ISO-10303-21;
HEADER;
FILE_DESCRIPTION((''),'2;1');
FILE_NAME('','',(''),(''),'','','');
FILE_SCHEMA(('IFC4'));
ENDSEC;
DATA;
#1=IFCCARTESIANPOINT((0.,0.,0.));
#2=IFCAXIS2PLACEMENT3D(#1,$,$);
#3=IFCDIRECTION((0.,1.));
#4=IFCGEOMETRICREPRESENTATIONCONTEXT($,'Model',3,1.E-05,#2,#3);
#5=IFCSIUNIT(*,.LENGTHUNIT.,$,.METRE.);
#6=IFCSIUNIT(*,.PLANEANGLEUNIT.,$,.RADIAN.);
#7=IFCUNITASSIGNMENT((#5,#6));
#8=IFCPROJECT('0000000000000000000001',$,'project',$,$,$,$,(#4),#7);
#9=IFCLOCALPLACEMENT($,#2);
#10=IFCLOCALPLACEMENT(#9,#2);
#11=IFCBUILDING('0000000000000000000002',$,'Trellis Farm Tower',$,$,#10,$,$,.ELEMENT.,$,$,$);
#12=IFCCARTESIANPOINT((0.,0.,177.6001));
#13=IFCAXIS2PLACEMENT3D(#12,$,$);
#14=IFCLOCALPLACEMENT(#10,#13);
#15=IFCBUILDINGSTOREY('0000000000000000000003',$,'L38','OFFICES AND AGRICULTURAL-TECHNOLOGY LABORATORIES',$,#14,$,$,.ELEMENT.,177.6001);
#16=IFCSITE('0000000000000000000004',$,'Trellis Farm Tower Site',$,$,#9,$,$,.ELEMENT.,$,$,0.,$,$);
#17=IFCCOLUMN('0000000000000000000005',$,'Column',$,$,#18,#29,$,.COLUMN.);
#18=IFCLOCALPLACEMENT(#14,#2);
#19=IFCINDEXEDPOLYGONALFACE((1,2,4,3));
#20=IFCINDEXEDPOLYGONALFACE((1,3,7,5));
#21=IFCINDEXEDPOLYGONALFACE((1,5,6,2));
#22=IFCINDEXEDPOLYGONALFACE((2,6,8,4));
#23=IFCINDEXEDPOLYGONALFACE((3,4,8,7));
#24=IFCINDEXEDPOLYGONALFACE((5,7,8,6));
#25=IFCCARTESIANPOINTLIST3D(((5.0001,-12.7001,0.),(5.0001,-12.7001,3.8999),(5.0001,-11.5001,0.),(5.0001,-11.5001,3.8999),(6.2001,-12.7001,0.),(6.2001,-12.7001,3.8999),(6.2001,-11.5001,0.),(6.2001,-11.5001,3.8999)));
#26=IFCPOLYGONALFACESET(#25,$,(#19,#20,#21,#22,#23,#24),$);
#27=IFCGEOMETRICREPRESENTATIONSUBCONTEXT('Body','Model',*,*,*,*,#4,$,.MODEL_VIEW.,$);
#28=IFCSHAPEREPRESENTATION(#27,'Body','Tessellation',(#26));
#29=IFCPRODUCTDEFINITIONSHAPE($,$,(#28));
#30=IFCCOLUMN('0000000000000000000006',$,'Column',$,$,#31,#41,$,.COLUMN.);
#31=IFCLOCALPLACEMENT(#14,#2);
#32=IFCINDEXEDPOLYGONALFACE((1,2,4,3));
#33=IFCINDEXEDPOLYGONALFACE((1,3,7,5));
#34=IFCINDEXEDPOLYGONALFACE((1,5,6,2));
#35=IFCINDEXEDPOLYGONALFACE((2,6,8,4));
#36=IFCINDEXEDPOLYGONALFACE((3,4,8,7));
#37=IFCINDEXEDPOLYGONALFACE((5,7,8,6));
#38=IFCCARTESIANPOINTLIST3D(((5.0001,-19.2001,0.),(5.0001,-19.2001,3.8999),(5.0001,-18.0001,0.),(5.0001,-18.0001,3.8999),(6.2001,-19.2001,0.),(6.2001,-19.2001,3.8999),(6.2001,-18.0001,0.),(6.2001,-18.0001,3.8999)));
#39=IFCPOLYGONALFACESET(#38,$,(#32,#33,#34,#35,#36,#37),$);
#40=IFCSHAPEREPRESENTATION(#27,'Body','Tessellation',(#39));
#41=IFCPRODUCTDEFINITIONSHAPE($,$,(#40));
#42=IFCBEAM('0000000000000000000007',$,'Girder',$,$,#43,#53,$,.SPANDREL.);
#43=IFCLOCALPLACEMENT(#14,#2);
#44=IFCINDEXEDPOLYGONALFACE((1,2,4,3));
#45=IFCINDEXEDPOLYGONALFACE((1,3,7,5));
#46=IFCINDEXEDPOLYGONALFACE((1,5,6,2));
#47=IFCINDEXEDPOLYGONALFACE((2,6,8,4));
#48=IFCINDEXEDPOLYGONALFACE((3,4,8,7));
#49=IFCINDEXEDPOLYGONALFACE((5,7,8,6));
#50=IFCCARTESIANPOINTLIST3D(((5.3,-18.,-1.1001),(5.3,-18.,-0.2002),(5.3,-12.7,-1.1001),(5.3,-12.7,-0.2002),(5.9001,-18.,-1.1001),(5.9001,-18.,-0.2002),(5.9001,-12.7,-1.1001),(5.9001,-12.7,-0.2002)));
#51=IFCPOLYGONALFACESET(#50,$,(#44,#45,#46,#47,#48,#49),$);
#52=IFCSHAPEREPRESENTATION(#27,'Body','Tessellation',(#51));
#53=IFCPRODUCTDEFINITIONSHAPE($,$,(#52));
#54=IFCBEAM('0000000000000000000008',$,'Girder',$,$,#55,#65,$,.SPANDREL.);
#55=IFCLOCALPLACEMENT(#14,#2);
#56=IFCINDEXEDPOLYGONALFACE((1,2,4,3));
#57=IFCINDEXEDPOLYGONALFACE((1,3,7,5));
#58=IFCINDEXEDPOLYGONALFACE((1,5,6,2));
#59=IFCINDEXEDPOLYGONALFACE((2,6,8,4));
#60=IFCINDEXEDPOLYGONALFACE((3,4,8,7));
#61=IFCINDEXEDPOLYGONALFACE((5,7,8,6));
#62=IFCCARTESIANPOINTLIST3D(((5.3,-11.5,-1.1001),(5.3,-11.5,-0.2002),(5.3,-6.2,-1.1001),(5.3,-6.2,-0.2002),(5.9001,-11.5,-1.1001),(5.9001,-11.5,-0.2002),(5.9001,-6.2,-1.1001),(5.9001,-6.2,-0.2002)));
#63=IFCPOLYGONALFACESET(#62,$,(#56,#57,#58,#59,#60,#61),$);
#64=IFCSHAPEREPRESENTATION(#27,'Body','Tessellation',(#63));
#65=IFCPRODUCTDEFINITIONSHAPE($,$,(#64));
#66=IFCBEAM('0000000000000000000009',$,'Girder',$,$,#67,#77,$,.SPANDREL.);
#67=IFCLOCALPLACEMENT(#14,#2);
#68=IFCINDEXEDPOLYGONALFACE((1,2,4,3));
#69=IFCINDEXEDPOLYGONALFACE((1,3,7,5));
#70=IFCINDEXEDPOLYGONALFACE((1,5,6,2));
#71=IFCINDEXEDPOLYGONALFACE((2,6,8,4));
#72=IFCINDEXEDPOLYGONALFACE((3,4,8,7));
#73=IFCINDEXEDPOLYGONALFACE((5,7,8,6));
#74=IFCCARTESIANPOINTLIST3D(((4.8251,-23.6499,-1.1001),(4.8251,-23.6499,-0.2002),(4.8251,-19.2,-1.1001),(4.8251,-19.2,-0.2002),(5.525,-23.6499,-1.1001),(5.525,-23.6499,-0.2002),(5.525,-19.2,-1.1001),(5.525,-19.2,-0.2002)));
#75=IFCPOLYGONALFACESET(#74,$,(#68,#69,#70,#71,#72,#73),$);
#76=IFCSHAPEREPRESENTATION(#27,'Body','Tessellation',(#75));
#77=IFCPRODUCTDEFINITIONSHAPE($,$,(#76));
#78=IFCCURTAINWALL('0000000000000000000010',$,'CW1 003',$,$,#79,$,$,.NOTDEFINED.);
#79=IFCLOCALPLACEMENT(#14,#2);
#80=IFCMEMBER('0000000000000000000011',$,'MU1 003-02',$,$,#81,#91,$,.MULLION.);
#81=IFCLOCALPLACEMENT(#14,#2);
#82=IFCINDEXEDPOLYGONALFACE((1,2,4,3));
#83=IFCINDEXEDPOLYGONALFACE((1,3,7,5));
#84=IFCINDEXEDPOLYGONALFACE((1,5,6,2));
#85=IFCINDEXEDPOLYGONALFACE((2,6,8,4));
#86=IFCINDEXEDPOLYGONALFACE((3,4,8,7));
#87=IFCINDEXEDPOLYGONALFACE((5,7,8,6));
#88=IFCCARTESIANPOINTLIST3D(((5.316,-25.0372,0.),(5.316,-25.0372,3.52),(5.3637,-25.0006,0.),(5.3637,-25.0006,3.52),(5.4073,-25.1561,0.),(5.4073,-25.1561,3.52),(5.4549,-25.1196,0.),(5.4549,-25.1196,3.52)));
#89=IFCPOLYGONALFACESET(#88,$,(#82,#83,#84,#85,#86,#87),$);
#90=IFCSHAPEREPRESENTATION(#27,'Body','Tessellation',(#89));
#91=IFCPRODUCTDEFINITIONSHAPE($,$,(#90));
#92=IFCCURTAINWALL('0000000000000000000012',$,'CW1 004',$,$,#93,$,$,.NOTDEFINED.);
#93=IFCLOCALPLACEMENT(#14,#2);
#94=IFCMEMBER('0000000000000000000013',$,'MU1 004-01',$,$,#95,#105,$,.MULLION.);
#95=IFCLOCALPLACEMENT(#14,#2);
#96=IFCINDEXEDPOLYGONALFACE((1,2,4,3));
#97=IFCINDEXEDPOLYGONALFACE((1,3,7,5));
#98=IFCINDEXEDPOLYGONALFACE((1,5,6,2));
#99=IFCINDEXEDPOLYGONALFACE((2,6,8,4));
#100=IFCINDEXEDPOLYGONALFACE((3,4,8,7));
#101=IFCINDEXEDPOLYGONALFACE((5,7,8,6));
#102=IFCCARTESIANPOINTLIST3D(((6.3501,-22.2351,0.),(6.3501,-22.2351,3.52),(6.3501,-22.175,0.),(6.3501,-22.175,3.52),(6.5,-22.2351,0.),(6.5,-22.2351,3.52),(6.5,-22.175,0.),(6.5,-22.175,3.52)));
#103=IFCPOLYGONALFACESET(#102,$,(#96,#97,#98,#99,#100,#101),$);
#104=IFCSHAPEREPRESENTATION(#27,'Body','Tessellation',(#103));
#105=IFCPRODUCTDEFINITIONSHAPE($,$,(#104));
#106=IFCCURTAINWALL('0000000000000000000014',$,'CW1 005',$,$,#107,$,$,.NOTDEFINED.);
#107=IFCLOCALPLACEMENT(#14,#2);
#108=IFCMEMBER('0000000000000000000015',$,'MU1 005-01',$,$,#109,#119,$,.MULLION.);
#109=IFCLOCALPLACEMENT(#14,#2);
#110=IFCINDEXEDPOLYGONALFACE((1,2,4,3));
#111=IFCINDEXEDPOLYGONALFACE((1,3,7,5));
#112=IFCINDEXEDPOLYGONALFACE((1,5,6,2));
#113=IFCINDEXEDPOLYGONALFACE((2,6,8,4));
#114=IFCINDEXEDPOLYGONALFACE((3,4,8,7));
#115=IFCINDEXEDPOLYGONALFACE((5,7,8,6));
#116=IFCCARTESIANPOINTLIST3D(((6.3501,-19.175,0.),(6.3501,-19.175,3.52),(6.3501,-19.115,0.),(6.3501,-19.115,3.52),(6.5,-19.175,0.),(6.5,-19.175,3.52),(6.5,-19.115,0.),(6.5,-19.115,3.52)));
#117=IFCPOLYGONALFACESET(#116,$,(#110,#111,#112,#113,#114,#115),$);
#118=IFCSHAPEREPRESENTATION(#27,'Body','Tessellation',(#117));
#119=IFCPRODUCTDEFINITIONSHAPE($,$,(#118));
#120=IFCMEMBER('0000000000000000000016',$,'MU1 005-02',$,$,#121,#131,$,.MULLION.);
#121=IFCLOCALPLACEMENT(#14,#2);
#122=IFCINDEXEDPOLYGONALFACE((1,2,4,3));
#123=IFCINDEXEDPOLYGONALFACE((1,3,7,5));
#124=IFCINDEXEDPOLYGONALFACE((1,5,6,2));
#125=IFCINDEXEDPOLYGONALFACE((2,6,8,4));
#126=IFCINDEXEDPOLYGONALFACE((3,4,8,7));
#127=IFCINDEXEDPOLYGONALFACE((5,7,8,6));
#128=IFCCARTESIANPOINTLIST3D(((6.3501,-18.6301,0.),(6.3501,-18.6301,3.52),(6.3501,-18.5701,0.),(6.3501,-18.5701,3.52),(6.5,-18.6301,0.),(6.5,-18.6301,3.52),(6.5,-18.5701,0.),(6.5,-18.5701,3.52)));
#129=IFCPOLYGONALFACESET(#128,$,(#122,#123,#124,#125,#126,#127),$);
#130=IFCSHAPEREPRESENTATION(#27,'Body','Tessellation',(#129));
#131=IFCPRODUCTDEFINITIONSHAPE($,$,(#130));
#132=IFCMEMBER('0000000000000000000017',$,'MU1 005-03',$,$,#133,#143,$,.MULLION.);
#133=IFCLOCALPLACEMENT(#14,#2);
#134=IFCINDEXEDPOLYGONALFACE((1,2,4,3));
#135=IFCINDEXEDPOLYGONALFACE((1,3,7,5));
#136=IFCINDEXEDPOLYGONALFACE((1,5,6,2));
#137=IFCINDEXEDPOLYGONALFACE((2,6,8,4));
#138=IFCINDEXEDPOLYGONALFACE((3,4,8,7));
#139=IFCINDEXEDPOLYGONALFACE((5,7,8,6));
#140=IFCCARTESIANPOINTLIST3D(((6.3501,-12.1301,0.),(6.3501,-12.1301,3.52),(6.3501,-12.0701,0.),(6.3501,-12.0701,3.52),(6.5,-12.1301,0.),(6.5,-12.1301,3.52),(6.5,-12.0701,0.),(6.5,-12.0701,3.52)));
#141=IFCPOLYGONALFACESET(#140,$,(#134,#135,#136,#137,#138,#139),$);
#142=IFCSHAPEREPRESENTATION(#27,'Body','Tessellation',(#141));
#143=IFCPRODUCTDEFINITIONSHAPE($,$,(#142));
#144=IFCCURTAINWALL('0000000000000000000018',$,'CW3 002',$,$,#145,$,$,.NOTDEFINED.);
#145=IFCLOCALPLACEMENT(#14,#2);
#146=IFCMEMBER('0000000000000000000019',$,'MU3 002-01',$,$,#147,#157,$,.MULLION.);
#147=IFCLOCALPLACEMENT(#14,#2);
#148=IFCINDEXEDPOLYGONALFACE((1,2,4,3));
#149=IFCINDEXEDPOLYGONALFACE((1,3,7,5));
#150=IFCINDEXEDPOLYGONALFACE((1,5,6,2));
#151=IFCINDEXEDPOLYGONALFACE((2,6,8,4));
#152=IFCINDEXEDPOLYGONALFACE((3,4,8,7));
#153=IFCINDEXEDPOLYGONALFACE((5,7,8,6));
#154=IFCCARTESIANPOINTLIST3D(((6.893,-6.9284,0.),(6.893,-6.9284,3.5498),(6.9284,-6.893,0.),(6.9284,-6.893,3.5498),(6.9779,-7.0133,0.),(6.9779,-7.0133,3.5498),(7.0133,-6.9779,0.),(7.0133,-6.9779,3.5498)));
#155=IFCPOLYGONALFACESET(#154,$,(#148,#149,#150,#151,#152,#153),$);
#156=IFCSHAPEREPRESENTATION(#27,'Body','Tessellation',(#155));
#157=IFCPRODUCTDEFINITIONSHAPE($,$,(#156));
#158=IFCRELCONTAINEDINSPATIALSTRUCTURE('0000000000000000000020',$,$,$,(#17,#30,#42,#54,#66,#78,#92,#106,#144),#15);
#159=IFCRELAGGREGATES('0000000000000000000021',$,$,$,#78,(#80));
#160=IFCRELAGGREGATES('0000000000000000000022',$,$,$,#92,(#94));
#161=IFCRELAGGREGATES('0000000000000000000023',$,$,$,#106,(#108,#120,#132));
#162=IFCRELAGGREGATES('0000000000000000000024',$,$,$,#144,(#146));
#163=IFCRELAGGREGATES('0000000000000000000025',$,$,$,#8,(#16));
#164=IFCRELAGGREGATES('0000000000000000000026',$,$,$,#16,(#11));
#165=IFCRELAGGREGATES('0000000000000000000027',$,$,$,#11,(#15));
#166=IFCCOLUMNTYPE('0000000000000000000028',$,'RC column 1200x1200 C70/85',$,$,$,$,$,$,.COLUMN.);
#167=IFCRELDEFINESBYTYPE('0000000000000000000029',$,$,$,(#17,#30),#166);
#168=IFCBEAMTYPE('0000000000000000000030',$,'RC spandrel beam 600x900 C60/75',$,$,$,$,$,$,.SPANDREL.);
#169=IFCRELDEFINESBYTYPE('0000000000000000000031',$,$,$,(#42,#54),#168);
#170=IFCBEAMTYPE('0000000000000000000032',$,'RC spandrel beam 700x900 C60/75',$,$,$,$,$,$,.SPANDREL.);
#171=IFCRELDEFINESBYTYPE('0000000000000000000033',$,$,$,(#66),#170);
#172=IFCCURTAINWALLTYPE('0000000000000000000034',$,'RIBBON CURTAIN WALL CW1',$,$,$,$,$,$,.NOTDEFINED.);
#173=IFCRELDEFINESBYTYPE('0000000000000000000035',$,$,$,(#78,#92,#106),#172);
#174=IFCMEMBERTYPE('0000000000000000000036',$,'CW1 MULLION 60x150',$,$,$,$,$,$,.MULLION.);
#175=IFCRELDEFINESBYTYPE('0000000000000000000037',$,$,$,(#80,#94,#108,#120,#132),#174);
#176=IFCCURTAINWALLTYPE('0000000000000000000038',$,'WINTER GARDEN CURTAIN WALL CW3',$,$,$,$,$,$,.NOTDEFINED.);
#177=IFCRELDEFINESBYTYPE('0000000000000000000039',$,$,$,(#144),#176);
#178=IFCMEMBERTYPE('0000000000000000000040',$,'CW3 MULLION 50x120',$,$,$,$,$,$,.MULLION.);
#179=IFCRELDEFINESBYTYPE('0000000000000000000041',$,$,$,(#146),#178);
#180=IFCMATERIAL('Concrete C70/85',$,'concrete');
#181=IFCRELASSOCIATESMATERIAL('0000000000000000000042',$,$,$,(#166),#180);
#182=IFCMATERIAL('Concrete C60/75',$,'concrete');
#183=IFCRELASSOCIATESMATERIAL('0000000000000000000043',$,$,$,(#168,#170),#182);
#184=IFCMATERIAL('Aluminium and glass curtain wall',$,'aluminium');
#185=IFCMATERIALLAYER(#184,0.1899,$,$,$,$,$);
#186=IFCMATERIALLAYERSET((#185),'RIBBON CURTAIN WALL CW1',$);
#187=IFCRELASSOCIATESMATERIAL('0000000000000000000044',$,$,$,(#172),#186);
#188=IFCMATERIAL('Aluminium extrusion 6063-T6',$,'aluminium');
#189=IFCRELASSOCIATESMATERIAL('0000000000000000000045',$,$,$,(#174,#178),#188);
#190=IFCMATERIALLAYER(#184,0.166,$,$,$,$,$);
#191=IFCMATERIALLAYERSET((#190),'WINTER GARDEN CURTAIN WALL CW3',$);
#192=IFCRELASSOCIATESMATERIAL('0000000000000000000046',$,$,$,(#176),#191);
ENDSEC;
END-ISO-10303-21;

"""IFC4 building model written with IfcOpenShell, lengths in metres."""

from ifc_helpers import new_model, si_unit, direction, frame, origin, origin_2d, place, context, subcontext, project, spatial, rectangle, extrude, source, transform, mapped, material, layer, layer_set, material_profile, profile_set, type_object, element, aggregate, save


model = new_model("IFC4")

# Units and contexts
model_context = context("Model", 3, precision=1e-05, world=origin(), true_north=direction((0.0, 1.0)))
body_context = subcontext(model_context, "Body", "Model", "MODEL_VIEW")
ifc_project = project(units=[si_unit("LENGTHUNIT", "METRE"), si_unit("PLANEANGLEUNIT", "RADIAN")], contexts=[model_context])

# Site, building, storey
site_placement = place(None, origin())
site = spatial("IfcSite", under=ifc_project, at=site_placement, Name="Trellis Farm Tower Site", CompositionType="ELEMENT", RefElevation=0.0)
building_placement = place(site_placement, origin())
building = spatial("IfcBuilding", under=site, at=building_placement, Name="Trellis Farm Tower", CompositionType="ELEMENT")
storey_placement = place(building_placement, frame((0.0, 0.0, 177.6001)))
storey = spatial("IfcBuildingStorey", under=building, at=storey_placement, Name="L38", Description="OFFICES AND AGRICULTURAL-TECHNOLOGY LABORATORIES", CompositionType="ELEMENT", Elevation=177.6001)

# Columns
ifc_material_1 = material(Name="Concrete C70/85", Category="concrete")
ifc_material_profile_1 = material_profile(ifc_material_1, rectangle(XDim=1.2, YDim=1.2, at=origin_2d()), Name="RC column 1200x1200 C70/85")
ifc_profile_set_1 = profile_set([ifc_material_profile_1], Name="Concrete C70/85")
column_type = type_object("IfcColumnType", Name="RC column 1200x1200 C70/85", PredefinedType="COLUMN", material=ifc_profile_set_1)
shared_shape_1 = source(origin(), body_context, "Body", "SweptSolid", [
    extrude(rectangle(XDim=1.2, YDim=1.2, at=origin_2d()), origin(), (0.0, 0.0, 1.0), 3.8999),
])
for number, where, z_axis, x_axis, name in (
    (1, (5.6001, -12.1001, 0.0), (0.0, 0.0, 1.0), (1.0, 0.0, 0.0), "Column"),
    (2, (5.6001, -18.6001, 0.0), (0.0, 0.0, 1.0), (1.0, 0.0, 0.0), "Column"),
):
    element("IfcColumn", number, at=place(storey_placement, frame(where, z_axis=z_axis, x_axis=x_axis)), inside=storey, type_object=column_type, Name=name, PredefinedType="COLUMN", context=body_context, shape_type="MappedRepresentation", body=[
        mapped(shared_shape_1, transform((0.0, 0.0, 0.0))),
    ])

# Beams
ifc_material_2 = material(Name="Concrete C60/75", Category="concrete")
ifc_material_profile_2 = material_profile(ifc_material_2, rectangle(XDim=0.6001, YDim=0.8999, at=origin_2d()), Name="RC spandrel beam 600x900 C60/75")
ifc_profile_set_2 = profile_set([ifc_material_profile_2], Name="Concrete C60/75")
beam_type_1 = type_object("IfcBeamType", Name="RC spandrel beam 600x900 C60/75", PredefinedType="SPANDREL", material=ifc_profile_set_2)
shared_shape_2 = source(origin(), body_context, "Body", "SweptSolid", [
    extrude(rectangle(XDim=0.6001, YDim=0.8999, at=origin_2d()), origin(), (0.0, 0.0, 1.0), 5.3),
])
for number, where, z_axis, x_axis, name in (
    (3, (5.6001, -18.0, -0.6501), (0.0, 1.0, 0.0), (-1.0, 0.0, 0.0), "Girder"),
    (4, (5.6001, -11.5, -0.6501), (0.0, 1.0, 0.0), (-1.0, 0.0, 0.0), "Girder"),
):
    element("IfcBeam", number, at=place(storey_placement, frame(where, z_axis=z_axis, x_axis=x_axis)), inside=storey, type_object=beam_type_1, Name=name, PredefinedType="SPANDREL", context=body_context, shape_type="MappedRepresentation", body=[
        mapped(shared_shape_2, transform((0.0, 0.0, 0.0))),
    ])
ifc_material_profile_3 = material_profile(ifc_material_2, rectangle(XDim=0.7, YDim=0.8999, at=origin_2d()), Name="RC spandrel beam 700x900 C60/75")
ifc_profile_set_3 = profile_set([ifc_material_profile_3], Name="Concrete C60/75")
beam_type_2 = type_object("IfcBeamType", Name="RC spandrel beam 700x900 C60/75", PredefinedType="SPANDREL", material=ifc_profile_set_3)
shared_shape_3 = source(origin(), body_context, "Body", "SweptSolid", [
    extrude(rectangle(XDim=0.7, YDim=0.8999, at=origin_2d()), origin(), (0.0, 0.0, 1.0), 4.45),
])
beam_placement = place(storey_placement, frame((5.175, -23.6499, -0.6501), z_axis=(0.0, 1.0, 0.0), x_axis=(-1.0, 0.0, 0.0)))
element("IfcBeam", 5, at=beam_placement, inside=storey, type_object=beam_type_2, Name="Girder", PredefinedType="SPANDREL", context=body_context, shape_type="MappedRepresentation", body=[
    mapped(shared_shape_3, transform((0.0, 0.0, 0.0))),
])

# Curtain walls, members
ifc_material_3 = material(Name="Aluminium and glass curtain wall", Category="aluminium")
ifc_layer_1 = layer(ifc_material_3, 0.1899)
ifc_layer_set_1 = layer_set([ifc_layer_1], Name="RIBBON CURTAIN WALL CW1")
curtain_wall_type_1 = type_object("IfcCurtainWallType", Name="RIBBON CURTAIN WALL CW1", PredefinedType="NOTDEFINED", material=ifc_layer_set_1)
placement = place(storey_placement, origin())
curtain_wall_1 = element("IfcCurtainWall", 6, at=placement, inside=storey, type_object=curtain_wall_type_1, Name="CW1 003", PredefinedType="NOTDEFINED")
ifc_material_4 = material(Name="Aluminium extrusion 6063-T6", Category="aluminium")
ifc_material_profile_4 = material_profile(ifc_material_4, rectangle(XDim=0.0601, YDim=0.1499, at=origin_2d()), Name="MULLION 60x150")
ifc_profile_set_4 = profile_set([ifc_material_profile_4], Name="Aluminium extrusion 6063-T6")
member_type_1 = type_object("IfcMemberType", Name="CW1 MULLION 60x150", PredefinedType="MULLION", material=ifc_profile_set_4)
shared_shape_4 = source(origin(), body_context, "Body", "SweptSolid", [
    extrude(rectangle(XDim=0.0601, YDim=0.1499, at=origin_2d()), origin(), (0.0, 0.0, 1.0), 3.52),
])
member_1_placement = place(storey_placement, frame((5.3855, -25.0784, 0.0), z_axis=(0.0, 0.0, 1.0), x_axis=(0.793353, 0.608761, 0.0)))
member_1 = element("IfcMember", 7, at=member_1_placement, type_object=member_type_1, Name="MU1 003-02", PredefinedType="MULLION", context=body_context, shape_type="MappedRepresentation", body=[
    mapped(shared_shape_4, transform((0.0, 0.0, 0.0))),
])
aggregate(curtain_wall_1, [member_1])
curtain_wall_2 = element("IfcCurtainWall", 8, at=placement, inside=storey, type_object=curtain_wall_type_1, Name="CW1 004", PredefinedType="NOTDEFINED")
member_2_placement = place(storey_placement, frame((6.425, -22.2051, 0.0), z_axis=(0.0, 0.0, 1.0), x_axis=(0.0, 1.0, 0.0)))
member_2 = element("IfcMember", 9, at=member_2_placement, type_object=member_type_1, Name="MU1 004-01", PredefinedType="MULLION", context=body_context, shape_type="MappedRepresentation", body=[
    mapped(shared_shape_4, transform((0.0, 0.0, 0.0))),
])
aggregate(curtain_wall_2, [member_2])

# Curtain wall, members
curtain_wall_3 = element("IfcCurtainWall", 10, at=placement, inside=storey, type_object=curtain_wall_type_1, Name="CW1 005", PredefinedType="NOTDEFINED")
member_3_placement = place(storey_placement, frame((6.425, -19.145, 0.0), z_axis=(0.0, 0.0, 1.0), x_axis=(0.0, 1.0, 0.0)))
member_3 = element("IfcMember", 11, at=member_3_placement, type_object=member_type_1, Name="MU1 005-01", PredefinedType="MULLION", context=body_context, shape_type="MappedRepresentation", body=[
    mapped(shared_shape_4, transform((0.0, 0.0, 0.0))),
])
member_4_placement = place(storey_placement, frame((6.425, -18.6001, 0.0), z_axis=(0.0, 0.0, 1.0), x_axis=(0.0, 1.0, 0.0)))
member_4 = element("IfcMember", 12, at=member_4_placement, type_object=member_type_1, Name="MU1 005-02", PredefinedType="MULLION", context=body_context, shape_type="MappedRepresentation", body=[
    mapped(shared_shape_4, transform((0.0, 0.0, 0.0))),
])
member_5_placement = place(storey_placement, frame((6.425, -12.1001, 0.0), z_axis=(0.0, 0.0, 1.0), x_axis=(0.0, 1.0, 0.0)))
member_5 = element("IfcMember", 13, at=member_5_placement, type_object=member_type_1, Name="MU1 005-03", PredefinedType="MULLION", context=body_context, shape_type="MappedRepresentation", body=[
    mapped(shared_shape_4, transform((0.0, 0.0, 0.0))),
])
aggregate(curtain_wall_3, [member_3, member_4, member_5])

# Curtain wall, member
ifc_layer_2 = layer(ifc_material_3, 0.166)
ifc_layer_set_2 = layer_set([ifc_layer_2], Name="WINTER GARDEN CURTAIN WALL CW3")
curtain_wall_type_2 = type_object("IfcCurtainWallType", Name="WINTER GARDEN CURTAIN WALL CW3", PredefinedType="NOTDEFINED", material=ifc_layer_set_2)
curtain_wall_4 = element("IfcCurtainWall", 14, at=placement, inside=storey, type_object=curtain_wall_type_2, Name="CW3 002", PredefinedType="NOTDEFINED")
ifc_material_profile_5 = material_profile(ifc_material_4, rectangle(XDim=0.05, YDim=0.1201, at=origin_2d()), Name="MULLION 50x120")
ifc_profile_set_5 = profile_set([ifc_material_profile_5], Name="Aluminium extrusion 6063-T6")
member_type_2 = type_object("IfcMemberType", Name="CW3 MULLION 50x120", PredefinedType="MULLION", material=ifc_profile_set_5)
shared_shape_5 = source(origin(), body_context, "Body", "SweptSolid", [
    extrude(rectangle(XDim=0.05, YDim=0.1201, at=origin_2d()), origin(), (0.0, 0.0, 1.0), 3.5498),
])
member_6_placement = place(storey_placement, frame((6.9531, -6.9531, 0.0), z_axis=(0.0, 0.0, 1.0), x_axis=(0.707107, 0.707107, 0.0)))
member_6 = element("IfcMember", 15, at=member_6_placement, type_object=member_type_2, Name="MU3 002-01", PredefinedType="MULLION", context=body_context, shape_type="MappedRepresentation", body=[
    mapped(shared_shape_5, transform((0.0, 0.0, 0.0))),
])
aggregate(curtain_wall_4, [member_6])

save(model, "model.ifc")
